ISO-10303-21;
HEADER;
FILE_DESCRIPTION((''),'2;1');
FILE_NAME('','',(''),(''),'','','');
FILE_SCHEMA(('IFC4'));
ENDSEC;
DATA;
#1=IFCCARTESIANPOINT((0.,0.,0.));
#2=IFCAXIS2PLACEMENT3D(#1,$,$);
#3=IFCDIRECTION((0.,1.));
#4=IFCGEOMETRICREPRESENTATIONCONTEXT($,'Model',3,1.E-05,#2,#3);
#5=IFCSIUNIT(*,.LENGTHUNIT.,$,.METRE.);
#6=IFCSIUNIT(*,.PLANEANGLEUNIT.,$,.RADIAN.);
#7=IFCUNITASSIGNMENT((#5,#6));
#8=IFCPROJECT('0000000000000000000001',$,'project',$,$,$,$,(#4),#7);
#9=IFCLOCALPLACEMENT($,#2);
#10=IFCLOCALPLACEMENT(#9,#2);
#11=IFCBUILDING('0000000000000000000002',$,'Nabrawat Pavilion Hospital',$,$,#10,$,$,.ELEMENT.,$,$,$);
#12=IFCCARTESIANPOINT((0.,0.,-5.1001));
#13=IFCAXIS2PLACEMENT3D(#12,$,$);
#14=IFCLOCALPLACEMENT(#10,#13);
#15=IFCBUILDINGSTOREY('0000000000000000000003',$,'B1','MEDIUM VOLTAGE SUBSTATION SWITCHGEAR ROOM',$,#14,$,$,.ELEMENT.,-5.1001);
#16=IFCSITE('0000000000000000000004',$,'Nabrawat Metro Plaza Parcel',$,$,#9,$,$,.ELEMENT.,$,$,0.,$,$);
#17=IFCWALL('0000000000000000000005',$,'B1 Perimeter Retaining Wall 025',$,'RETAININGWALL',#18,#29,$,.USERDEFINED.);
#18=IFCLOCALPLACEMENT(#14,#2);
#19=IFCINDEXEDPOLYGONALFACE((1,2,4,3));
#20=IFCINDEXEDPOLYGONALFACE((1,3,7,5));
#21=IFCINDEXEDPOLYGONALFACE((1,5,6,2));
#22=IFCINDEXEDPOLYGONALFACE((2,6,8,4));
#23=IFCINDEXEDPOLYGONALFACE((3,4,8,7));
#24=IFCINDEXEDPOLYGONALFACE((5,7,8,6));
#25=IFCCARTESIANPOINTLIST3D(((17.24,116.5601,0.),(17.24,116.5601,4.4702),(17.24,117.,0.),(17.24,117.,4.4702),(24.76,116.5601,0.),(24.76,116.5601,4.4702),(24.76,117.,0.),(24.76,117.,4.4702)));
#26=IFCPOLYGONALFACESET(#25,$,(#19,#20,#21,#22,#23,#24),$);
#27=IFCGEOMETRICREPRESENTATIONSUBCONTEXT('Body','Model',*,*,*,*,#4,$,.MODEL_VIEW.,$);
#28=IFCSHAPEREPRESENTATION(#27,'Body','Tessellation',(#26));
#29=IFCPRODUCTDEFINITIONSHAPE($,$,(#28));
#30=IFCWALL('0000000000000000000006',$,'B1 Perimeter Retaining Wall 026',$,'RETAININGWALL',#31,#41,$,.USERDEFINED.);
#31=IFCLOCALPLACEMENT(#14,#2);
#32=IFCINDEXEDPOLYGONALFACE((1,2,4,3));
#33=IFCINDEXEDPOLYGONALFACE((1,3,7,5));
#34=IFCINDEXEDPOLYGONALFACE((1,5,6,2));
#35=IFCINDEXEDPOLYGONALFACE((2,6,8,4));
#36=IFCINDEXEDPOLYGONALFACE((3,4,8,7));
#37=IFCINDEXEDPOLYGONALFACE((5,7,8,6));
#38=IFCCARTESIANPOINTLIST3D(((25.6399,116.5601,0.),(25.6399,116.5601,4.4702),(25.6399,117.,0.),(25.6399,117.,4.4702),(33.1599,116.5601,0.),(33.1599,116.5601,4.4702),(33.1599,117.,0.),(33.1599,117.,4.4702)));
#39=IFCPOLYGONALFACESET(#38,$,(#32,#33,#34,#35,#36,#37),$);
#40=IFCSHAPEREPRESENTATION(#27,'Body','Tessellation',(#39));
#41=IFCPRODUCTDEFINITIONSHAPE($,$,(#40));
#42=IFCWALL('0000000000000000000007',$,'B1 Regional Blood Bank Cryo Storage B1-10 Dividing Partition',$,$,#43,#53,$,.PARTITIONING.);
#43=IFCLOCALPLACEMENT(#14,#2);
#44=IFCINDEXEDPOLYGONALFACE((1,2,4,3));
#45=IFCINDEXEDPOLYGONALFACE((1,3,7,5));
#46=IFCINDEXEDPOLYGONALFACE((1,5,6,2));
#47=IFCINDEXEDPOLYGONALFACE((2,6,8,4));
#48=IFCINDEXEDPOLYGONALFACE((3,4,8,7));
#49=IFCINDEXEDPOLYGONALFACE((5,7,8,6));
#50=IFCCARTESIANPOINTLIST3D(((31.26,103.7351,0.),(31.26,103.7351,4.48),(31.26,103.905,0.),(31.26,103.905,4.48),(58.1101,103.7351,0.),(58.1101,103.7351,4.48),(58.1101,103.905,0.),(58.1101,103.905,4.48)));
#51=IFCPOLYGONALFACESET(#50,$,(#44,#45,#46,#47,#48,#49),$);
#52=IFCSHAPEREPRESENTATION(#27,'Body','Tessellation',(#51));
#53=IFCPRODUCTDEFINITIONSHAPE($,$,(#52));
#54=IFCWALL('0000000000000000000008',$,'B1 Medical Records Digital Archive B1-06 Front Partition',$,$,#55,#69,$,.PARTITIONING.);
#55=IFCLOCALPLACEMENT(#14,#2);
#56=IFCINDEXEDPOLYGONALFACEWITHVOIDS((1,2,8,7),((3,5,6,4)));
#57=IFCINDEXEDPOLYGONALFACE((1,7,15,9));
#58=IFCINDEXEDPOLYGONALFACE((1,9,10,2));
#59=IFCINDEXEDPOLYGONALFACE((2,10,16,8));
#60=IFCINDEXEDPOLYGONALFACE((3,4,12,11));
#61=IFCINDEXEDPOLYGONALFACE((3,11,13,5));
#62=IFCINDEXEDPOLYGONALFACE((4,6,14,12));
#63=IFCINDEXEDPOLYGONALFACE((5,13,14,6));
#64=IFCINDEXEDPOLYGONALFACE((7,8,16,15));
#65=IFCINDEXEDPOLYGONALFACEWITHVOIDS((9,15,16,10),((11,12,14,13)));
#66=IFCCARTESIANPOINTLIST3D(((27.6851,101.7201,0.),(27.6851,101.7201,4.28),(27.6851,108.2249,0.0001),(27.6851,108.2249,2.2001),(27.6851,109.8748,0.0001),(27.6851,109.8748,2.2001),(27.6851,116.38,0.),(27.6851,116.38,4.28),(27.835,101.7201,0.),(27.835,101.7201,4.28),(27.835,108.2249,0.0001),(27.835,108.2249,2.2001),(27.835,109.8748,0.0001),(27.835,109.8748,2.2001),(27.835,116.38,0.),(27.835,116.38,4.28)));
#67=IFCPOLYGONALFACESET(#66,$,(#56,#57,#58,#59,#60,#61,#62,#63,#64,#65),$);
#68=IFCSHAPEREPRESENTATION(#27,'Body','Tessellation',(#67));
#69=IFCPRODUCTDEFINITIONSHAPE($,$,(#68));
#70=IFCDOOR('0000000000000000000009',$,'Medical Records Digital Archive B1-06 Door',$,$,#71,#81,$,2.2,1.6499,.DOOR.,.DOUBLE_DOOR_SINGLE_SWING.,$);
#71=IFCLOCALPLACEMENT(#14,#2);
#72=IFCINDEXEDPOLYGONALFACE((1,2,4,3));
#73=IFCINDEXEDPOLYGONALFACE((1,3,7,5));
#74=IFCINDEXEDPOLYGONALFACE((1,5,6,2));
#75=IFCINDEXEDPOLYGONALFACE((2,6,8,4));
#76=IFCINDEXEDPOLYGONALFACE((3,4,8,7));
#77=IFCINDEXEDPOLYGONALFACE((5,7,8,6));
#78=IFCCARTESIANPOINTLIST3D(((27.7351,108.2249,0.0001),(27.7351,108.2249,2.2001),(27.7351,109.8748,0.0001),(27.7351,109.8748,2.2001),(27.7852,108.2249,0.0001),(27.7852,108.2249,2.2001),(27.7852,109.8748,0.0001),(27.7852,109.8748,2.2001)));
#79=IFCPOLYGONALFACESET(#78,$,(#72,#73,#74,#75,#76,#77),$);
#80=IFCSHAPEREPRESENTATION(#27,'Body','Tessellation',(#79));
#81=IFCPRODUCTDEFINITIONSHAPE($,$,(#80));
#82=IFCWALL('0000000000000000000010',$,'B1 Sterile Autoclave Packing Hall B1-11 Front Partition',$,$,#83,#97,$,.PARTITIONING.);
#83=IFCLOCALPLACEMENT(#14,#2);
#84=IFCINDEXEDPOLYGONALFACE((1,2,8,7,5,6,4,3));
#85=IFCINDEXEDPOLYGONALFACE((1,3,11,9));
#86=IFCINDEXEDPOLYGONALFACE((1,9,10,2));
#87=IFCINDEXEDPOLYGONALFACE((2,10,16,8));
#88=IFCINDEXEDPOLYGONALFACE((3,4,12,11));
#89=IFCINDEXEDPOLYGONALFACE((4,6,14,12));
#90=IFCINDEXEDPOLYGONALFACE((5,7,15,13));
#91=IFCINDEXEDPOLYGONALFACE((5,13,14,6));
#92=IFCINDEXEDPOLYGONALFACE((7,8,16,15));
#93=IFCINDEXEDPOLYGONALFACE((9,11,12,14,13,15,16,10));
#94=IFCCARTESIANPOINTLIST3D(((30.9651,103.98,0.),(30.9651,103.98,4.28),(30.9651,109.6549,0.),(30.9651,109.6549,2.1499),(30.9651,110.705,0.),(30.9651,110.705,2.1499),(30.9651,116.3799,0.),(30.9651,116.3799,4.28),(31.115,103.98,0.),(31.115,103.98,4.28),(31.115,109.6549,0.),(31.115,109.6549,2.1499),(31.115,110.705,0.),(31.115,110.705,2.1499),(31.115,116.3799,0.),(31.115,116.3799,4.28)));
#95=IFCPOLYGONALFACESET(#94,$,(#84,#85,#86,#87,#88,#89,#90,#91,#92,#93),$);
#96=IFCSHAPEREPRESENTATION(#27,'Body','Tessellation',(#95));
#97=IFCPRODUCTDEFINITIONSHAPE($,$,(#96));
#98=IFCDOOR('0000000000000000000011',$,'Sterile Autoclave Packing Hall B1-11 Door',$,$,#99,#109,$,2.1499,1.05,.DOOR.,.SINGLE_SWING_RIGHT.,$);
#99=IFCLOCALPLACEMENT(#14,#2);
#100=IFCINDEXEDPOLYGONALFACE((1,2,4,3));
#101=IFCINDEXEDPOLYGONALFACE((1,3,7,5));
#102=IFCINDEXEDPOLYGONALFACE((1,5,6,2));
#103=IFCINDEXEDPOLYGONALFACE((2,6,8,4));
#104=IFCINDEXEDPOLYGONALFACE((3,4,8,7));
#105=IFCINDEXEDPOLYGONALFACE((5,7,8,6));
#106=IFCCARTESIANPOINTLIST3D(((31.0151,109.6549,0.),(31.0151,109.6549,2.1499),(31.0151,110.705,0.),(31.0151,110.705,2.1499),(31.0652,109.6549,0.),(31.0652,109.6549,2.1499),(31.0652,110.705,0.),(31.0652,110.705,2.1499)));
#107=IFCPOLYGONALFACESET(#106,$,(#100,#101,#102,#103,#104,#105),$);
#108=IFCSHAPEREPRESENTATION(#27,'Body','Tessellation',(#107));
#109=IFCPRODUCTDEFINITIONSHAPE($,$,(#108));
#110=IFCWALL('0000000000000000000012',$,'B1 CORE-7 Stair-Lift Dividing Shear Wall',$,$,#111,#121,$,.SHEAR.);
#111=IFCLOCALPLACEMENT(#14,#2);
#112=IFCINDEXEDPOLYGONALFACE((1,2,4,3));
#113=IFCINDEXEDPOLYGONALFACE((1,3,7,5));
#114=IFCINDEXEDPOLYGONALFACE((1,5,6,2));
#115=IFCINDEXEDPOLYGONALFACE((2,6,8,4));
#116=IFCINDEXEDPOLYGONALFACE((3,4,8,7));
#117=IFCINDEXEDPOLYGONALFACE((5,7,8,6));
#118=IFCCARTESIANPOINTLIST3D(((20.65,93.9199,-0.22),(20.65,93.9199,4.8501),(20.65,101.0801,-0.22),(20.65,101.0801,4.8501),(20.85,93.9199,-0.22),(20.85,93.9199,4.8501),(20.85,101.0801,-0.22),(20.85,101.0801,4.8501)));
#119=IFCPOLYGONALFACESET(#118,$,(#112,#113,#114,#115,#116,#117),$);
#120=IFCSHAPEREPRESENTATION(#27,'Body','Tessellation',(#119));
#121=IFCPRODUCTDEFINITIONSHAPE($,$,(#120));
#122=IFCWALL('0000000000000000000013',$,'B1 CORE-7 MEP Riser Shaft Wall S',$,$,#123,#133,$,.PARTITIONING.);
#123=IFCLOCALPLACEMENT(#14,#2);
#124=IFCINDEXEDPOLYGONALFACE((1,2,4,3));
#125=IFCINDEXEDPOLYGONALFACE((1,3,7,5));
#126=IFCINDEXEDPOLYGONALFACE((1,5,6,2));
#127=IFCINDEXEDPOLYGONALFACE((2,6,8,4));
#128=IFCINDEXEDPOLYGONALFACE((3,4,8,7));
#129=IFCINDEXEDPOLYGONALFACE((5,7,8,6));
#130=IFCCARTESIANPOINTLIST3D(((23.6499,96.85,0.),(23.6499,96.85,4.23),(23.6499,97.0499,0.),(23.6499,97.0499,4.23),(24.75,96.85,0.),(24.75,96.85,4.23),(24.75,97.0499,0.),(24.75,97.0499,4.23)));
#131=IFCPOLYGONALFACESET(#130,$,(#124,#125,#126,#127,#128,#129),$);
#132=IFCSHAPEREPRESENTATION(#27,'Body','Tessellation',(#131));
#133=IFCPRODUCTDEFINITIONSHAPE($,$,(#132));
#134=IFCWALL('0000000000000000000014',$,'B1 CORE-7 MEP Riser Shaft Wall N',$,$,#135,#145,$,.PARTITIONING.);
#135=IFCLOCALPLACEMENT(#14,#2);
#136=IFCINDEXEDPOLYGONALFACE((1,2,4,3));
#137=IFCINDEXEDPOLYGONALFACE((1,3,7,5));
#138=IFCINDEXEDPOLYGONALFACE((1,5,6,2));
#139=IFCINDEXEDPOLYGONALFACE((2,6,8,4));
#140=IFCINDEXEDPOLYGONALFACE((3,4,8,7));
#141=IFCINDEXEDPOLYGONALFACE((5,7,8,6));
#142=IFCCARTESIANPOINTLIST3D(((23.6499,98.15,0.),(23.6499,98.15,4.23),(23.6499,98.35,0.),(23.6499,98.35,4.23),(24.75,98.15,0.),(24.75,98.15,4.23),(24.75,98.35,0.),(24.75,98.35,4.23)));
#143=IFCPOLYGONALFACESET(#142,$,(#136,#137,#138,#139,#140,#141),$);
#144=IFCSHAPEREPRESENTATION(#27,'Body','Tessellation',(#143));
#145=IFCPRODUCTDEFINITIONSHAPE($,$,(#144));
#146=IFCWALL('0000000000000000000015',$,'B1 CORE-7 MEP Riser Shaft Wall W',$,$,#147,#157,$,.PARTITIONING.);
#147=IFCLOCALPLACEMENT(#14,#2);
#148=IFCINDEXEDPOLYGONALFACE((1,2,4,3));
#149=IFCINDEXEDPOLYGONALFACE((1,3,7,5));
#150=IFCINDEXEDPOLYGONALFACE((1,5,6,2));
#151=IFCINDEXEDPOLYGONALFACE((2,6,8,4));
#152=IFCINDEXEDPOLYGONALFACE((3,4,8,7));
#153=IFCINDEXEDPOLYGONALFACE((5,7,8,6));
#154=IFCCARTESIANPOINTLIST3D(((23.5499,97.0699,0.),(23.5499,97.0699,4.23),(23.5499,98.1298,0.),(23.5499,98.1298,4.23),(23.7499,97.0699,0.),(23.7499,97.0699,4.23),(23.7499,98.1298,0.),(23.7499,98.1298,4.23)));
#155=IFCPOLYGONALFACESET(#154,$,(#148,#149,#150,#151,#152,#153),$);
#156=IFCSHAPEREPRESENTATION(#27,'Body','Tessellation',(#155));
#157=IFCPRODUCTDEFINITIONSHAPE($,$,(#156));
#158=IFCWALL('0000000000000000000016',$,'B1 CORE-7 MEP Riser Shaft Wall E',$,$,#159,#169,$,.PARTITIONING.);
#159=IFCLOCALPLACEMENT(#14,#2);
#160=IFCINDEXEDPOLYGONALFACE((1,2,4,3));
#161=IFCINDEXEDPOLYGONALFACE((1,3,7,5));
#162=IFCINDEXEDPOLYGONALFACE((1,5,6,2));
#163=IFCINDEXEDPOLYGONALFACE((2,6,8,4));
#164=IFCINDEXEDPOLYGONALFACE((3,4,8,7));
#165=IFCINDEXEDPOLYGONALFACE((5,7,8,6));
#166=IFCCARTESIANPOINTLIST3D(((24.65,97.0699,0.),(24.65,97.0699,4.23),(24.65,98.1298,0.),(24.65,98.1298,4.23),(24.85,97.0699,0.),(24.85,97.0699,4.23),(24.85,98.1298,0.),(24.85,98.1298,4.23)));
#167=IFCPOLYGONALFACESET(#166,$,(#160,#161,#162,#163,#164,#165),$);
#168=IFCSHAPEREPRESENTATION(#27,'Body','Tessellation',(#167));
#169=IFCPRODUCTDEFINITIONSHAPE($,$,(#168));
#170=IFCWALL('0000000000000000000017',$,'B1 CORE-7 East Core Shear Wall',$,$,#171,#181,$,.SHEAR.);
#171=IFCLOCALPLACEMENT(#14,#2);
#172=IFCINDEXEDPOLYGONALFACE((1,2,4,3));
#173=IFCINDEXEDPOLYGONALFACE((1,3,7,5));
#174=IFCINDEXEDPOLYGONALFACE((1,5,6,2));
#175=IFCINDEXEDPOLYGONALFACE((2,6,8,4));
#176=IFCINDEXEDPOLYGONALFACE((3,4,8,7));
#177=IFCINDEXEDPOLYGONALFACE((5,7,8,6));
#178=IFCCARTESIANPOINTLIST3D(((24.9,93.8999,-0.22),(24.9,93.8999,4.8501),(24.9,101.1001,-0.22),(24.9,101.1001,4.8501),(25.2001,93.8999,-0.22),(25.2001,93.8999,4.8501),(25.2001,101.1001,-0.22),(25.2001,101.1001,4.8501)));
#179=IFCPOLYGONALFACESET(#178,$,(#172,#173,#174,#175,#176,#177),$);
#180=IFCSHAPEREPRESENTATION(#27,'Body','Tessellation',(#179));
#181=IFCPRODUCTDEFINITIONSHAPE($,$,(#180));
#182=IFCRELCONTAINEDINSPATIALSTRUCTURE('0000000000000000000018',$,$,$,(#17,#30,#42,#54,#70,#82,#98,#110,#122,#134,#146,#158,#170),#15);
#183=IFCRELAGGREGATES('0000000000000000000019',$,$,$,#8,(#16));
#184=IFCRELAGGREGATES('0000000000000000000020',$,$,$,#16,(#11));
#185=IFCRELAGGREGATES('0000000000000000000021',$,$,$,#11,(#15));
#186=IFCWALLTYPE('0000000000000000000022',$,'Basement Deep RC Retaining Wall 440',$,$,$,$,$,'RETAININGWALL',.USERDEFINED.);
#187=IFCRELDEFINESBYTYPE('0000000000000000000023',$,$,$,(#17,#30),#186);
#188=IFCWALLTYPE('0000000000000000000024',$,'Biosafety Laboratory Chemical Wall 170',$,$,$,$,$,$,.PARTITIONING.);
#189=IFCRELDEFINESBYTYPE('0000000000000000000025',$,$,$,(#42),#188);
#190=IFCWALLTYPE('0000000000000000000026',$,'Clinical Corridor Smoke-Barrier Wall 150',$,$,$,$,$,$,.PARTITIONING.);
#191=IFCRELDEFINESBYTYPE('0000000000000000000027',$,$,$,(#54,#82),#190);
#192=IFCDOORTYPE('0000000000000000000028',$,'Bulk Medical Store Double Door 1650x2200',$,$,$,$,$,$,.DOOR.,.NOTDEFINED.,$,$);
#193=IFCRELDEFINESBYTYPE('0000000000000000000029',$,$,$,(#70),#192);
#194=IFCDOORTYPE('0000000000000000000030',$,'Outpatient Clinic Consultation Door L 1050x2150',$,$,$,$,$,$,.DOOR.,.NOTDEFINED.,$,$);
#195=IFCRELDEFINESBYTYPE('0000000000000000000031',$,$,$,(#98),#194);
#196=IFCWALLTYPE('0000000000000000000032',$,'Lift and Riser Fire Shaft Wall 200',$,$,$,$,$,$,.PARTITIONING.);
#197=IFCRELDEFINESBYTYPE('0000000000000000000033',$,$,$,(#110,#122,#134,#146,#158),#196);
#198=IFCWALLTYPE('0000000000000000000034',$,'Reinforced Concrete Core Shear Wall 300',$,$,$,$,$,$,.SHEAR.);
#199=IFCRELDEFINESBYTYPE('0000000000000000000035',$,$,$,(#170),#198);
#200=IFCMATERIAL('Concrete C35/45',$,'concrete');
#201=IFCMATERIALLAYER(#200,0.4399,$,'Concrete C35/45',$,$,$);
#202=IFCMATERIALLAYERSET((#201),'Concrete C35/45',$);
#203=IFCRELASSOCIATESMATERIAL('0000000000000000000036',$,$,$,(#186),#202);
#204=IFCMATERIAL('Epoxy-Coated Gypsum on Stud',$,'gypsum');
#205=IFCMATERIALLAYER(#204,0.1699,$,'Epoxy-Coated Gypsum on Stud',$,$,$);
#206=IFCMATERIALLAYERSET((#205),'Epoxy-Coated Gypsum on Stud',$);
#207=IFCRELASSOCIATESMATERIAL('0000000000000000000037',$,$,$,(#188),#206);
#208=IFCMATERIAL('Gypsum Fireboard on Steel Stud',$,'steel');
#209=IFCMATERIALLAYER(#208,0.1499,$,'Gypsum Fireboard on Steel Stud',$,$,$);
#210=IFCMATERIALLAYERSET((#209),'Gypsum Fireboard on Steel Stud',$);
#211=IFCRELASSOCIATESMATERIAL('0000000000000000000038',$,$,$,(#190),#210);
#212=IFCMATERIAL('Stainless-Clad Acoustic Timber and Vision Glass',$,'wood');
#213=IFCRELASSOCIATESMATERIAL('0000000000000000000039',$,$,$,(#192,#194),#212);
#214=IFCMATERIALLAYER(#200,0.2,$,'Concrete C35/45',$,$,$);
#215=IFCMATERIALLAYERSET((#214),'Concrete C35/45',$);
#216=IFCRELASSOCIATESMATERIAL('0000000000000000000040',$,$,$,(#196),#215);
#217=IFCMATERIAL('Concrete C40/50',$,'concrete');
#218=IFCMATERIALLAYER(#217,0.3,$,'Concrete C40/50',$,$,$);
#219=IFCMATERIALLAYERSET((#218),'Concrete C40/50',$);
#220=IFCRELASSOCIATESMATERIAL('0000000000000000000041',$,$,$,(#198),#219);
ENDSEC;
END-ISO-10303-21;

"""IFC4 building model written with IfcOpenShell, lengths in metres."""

from ifc_helpers import new_model, si_unit, direction, frame, frame_2d, origin, place, context, subcontext, project, spatial, rectangle, extrude, material, layer, layer_set, type_object, element, fill, save


model = new_model("IFC4")

# Units and contexts
model_context = context("Model", 3, precision=1e-05, world=origin(), true_north=direction((0.0, 1.0)))
body_context = subcontext(model_context, "Body", "Model", "MODEL_VIEW")
ifc_project = project(units=[si_unit("LENGTHUNIT", "METRE"), si_unit("PLANEANGLEUNIT", "RADIAN")], contexts=[model_context])

# Site, building, storey
site_placement = place(None, origin())
site = spatial("IfcSite", under=ifc_project, at=site_placement, Name="Nabrawat Metro Plaza Parcel", CompositionType="ELEMENT", RefElevation=0.0)
building_placement = place(site_placement, origin())
building = spatial("IfcBuilding", under=site, at=building_placement, Name="Nabrawat Pavilion Hospital", CompositionType="ELEMENT")
storey_placement = place(building_placement, frame((0.0, 0.0, -5.1001)))
storey = spatial("IfcBuildingStorey", under=building, at=storey_placement, Name="B1", Description="MEDIUM VOLTAGE SUBSTATION SWITCHGEAR ROOM", CompositionType="ELEMENT", Elevation=-5.1001)

# Shared definitions
ifc_material_1 = material(Name="Concrete C35/45", Category="concrete")

# Shared definitions
ifc_material_2 = material(Name="Concrete C40/50", Category="concrete")

# Walls
ifc_layer_1 = layer(ifc_material_1, 0.4399, Name="Concrete C35/45")
ifc_layer_set_1 = layer_set([ifc_layer_1], Name="Concrete C35/45")
wall_type_1 = type_object("IfcWallType", Name="Basement Deep RC Retaining Wall 440", ElementType="RETAININGWALL", PredefinedType="USERDEFINED", material=ifc_layer_set_1)
for number, where, z_axis, x_axis, name in (
    (1, (17.24, 116.78, 0.0), (0.0, 0.0, 1.0), (1.0, 0.0, 0.0), "B1 Perimeter Retaining Wall 025"),
    (2, (25.6399, 116.78, 0.0), (0.0, 0.0, 1.0), (1.0, 0.0, 0.0), "B1 Perimeter Retaining Wall 026"),
):
    element("IfcWall", number, at=place(storey_placement, frame(where, z_axis=z_axis, x_axis=x_axis)), inside=storey, type_object=wall_type_1, Name=name, ObjectType="RETAININGWALL", PredefinedType="USERDEFINED", context=body_context, shape_type="SweptSolid", body=[
        extrude(rectangle(XDim=7.52, YDim=0.4399, at=frame_2d((3.76, 0.0))), origin(), (0.0, 0.0, 1.0), 4.4702),
    ])
ifc_material_3 = material(Name="Epoxy-Coated Gypsum on Stud", Category="gypsum")
ifc_layer_2 = layer(ifc_material_3, 0.1699, Name="Epoxy-Coated Gypsum on Stud")
ifc_layer_set_2 = layer_set([ifc_layer_2], Name="Epoxy-Coated Gypsum on Stud")
wall_type_2 = type_object("IfcWallType", Name="Biosafety Laboratory Chemical Wall 170", PredefinedType="PARTITIONING", material=ifc_layer_set_2)
wall_1_placement = place(storey_placement, frame((31.26, 103.8201, 0.0), z_axis=(0.0, 0.0, 1.0), x_axis=(1.0, 0.0, 0.0)))
element("IfcWall", 3, at=wall_1_placement, inside=storey, type_object=wall_type_2, Name="B1 Regional Blood Bank Cryo Storage B1-10 Dividing Partition", PredefinedType="PARTITIONING", context=body_context, shape_type="SweptSolid", body=[
    extrude(rectangle(XDim=26.8501, YDim=0.1699, at=frame_2d((13.425, 0.0))), origin(), (0.0, 0.0, 1.0), 4.48),
])

# Walls, openings, doors
ifc_material_4 = material(Name="Gypsum Fireboard on Steel Stud", Category="steel")
ifc_layer_3 = layer(ifc_material_4, 0.1499, Name="Gypsum Fireboard on Steel Stud")
ifc_layer_set_3 = layer_set([ifc_layer_3], Name="Gypsum Fireboard on Steel Stud")
wall_type_3 = type_object("IfcWallType", Name="Clinical Corridor Smoke-Barrier Wall 150", PredefinedType="PARTITIONING", material=ifc_layer_set_3)
wall_2_placement = place(storey_placement, frame((27.76, 101.72, 0.0), z_axis=(0.0, 0.0, 1.0), x_axis=(0.0, 1.0, 0.0)))
wall_2 = element("IfcWall", 4, at=wall_2_placement, inside=storey, type_object=wall_type_3, Name="B1 Medical Records Digital Archive B1-06 Front Partition", PredefinedType="PARTITIONING", context=body_context, shape_type="SweptSolid", body=[
    extrude(rectangle(XDim=14.6599, YDim=0.1499, at=frame_2d((7.3301, 0.0))), origin(), (0.0, 0.0, 1.0), 4.28),
])
opening_1_placement = place(wall_2_placement, frame((6.5049, 0.0, 0.0)))
opening_1 = element("IfcOpeningElement", 5, at=opening_1_placement, cuts=wall_2, PredefinedType="OPENING", context=body_context, shape_type="SweptSolid", body=[
    extrude(rectangle(XDim=1.6499, YDim=2.2, at=frame_2d((0.825, 1.1001))), frame((0.0, 0.085, 0.0), z_axis=(0.0, -1.0, 0.0), x_axis=(1.0, 0.0, 0.0)), (0.0, 0.0, 1.0), 0.1699),
])
ifc_material_5 = material(Name="Stainless-Clad Acoustic Timber and Vision Glass", Category="wood")
door_type_1 = type_object("IfcDoorType", Name="Bulk Medical Store Double Door 1650x2200", OperationType="NOTDEFINED", PredefinedType="DOOR", material=ifc_material_5)
door_1_placement = place(opening_1_placement, origin())
door_1 = element("IfcDoor", 6, at=door_1_placement, inside=storey, type_object=door_type_1, Name="Medical Records Digital Archive B1-06 Door", OperationType="DOUBLE_DOOR_SINGLE_SWING", OverallHeight=2.2, OverallWidth=1.6499, PredefinedType="DOOR", context=body_context, shape_type="SweptSolid", body=[
    extrude(rectangle(XDim=1.6499, YDim=2.2, at=frame_2d((0.825, 1.1001))), frame((0.0, 0.0249, 0.0), z_axis=(0.0, -1.0, 0.0), x_axis=(1.0, 0.0, 0.0)), (0.0, 0.0, 1.0), 0.05),
])
fill(opening_1, door_1)
wall_3_placement = place(storey_placement, frame((31.04, 103.98, 0.0), z_axis=(0.0, 0.0, 1.0), x_axis=(0.0, 1.0, 0.0)))
wall_3 = element("IfcWall", 7, at=wall_3_placement, inside=storey, type_object=wall_type_3, Name="B1 Sterile Autoclave Packing Hall B1-11 Front Partition", PredefinedType="PARTITIONING", context=body_context, shape_type="SweptSolid", body=[
    extrude(rectangle(XDim=12.3999, YDim=0.1499, at=frame_2d((6.2, 0.0))), origin(), (0.0, 0.0, 1.0), 4.28),
])
opening_2_placement = place(wall_3_placement, frame((5.675, 0.0, 0.0)))
opening_2 = element("IfcOpeningElement", 8, at=opening_2_placement, cuts=wall_3, PredefinedType="OPENING", context=body_context, shape_type="SweptSolid", body=[
    extrude(rectangle(XDim=1.05, YDim=2.1499, at=frame_2d((0.5249, 1.075))), frame((0.0, 0.085, 0.0), z_axis=(0.0, -1.0, 0.0), x_axis=(1.0, 0.0, 0.0)), (0.0, 0.0, 1.0), 0.1699),
])
door_type_2 = type_object("IfcDoorType", Name="Outpatient Clinic Consultation Door L 1050x2150", OperationType="NOTDEFINED", PredefinedType="DOOR", material=ifc_material_5)
door_2_placement = place(opening_2_placement, origin())
door_2 = element("IfcDoor", 9, at=door_2_placement, inside=storey, type_object=door_type_2, Name="Sterile Autoclave Packing Hall B1-11 Door", OperationType="SINGLE_SWING_RIGHT", OverallHeight=2.1499, OverallWidth=1.05, PredefinedType="DOOR", context=body_context, shape_type="SweptSolid", body=[
    extrude(rectangle(XDim=1.05, YDim=2.1499, at=frame_2d((0.5249, 1.075))), frame((0.0, 0.0249, 0.0), z_axis=(0.0, -1.0, 0.0), x_axis=(1.0, 0.0, 0.0)), (0.0, 0.0, 1.0), 0.05),
])
fill(opening_2, door_2)

# Walls
ifc_layer_4 = layer(ifc_material_1, 0.2, Name="Concrete C35/45")
ifc_layer_set_4 = layer_set([ifc_layer_4], Name="Concrete C35/45")
wall_type_4 = type_object("IfcWallType", Name="Lift and Riser Fire Shaft Wall 200", PredefinedType="PARTITIONING", material=ifc_layer_set_4)
wall_4_placement = place(storey_placement, frame((20.75, 93.9199, -0.22), z_axis=(0.0, 0.0, 1.0), x_axis=(0.0, 1.0, 0.0)))
element("IfcWall", 10, at=wall_4_placement, inside=storey, type_object=wall_type_4, Name="B1 CORE-7 Stair-Lift Dividing Shear Wall", PredefinedType="SHEAR", context=body_context, shape_type="SweptSolid", body=[
    extrude(rectangle(XDim=7.1602, YDim=0.2, at=frame_2d((3.5801, 0.0))), origin(), (0.0, 0.0, 1.0), 5.0701),
])
for number, where, z_axis, x_axis, name in (
    (11, (23.6499, 96.95, 0.0), (0.0, 0.0, 1.0), (1.0, 0.0, 0.0), "B1 CORE-7 MEP Riser Shaft Wall S"),
    (12, (23.6499, 98.25, 0.0), (0.0, 0.0, 1.0), (1.0, 0.0, 0.0), "B1 CORE-7 MEP Riser Shaft Wall N"),
):
    element("IfcWall", number, at=place(storey_placement, frame(where, z_axis=z_axis, x_axis=x_axis)), inside=storey, type_object=wall_type_4, Name=name, PredefinedType="PARTITIONING", context=body_context, shape_type="SweptSolid", body=[
        extrude(rectangle(XDim=1.1001, YDim=0.2, at=frame_2d((0.55, 0.0))), origin(), (0.0, 0.0, 1.0), 4.23),
    ])
for number, where, z_axis, x_axis, name in (
    (13, (23.6499, 97.0701, 0.0), (0.0, 0.0, 1.0), (0.0, 1.0, 0.0), "B1 CORE-7 MEP Riser Shaft Wall W"),
    (14, (24.75, 97.0701, 0.0), (0.0, 0.0, 1.0), (0.0, 1.0, 0.0), "B1 CORE-7 MEP Riser Shaft Wall E"),
):
    element("IfcWall", number, at=place(storey_placement, frame(where, z_axis=z_axis, x_axis=x_axis)), inside=storey, type_object=wall_type_4, Name=name, PredefinedType="PARTITIONING", context=body_context, shape_type="SweptSolid", body=[
        extrude(rectangle(XDim=1.0598, YDim=0.2, at=frame_2d((0.5298, 0.0))), origin(), (0.0, 0.0, 1.0), 4.23),
    ])
ifc_layer_5 = layer(ifc_material_2, 0.3, Name="Concrete C40/50")
ifc_layer_set_5 = layer_set([ifc_layer_5], Name="Concrete C40/50")
wall_type_5 = type_object("IfcWallType", Name="Reinforced Concrete Core Shear Wall 300", PredefinedType="SHEAR", material=ifc_layer_set_5)
wall_5_placement = place(storey_placement, frame((25.05, 93.8999, -0.22), z_axis=(0.0, 0.0, 1.0), x_axis=(0.0, 1.0, 0.0)))
element("IfcWall", 15, at=wall_5_placement, inside=storey, type_object=wall_type_5, Name="B1 CORE-7 East Core Shear Wall", PredefinedType="SHEAR", context=body_context, shape_type="SweptSolid", body=[
    extrude(rectangle(XDim=7.2002, YDim=0.3, at=frame_2d((3.6001, 0.0))), origin(), (0.0, 0.0, 1.0), 5.0701),
])

save(model, "model.ifc")
